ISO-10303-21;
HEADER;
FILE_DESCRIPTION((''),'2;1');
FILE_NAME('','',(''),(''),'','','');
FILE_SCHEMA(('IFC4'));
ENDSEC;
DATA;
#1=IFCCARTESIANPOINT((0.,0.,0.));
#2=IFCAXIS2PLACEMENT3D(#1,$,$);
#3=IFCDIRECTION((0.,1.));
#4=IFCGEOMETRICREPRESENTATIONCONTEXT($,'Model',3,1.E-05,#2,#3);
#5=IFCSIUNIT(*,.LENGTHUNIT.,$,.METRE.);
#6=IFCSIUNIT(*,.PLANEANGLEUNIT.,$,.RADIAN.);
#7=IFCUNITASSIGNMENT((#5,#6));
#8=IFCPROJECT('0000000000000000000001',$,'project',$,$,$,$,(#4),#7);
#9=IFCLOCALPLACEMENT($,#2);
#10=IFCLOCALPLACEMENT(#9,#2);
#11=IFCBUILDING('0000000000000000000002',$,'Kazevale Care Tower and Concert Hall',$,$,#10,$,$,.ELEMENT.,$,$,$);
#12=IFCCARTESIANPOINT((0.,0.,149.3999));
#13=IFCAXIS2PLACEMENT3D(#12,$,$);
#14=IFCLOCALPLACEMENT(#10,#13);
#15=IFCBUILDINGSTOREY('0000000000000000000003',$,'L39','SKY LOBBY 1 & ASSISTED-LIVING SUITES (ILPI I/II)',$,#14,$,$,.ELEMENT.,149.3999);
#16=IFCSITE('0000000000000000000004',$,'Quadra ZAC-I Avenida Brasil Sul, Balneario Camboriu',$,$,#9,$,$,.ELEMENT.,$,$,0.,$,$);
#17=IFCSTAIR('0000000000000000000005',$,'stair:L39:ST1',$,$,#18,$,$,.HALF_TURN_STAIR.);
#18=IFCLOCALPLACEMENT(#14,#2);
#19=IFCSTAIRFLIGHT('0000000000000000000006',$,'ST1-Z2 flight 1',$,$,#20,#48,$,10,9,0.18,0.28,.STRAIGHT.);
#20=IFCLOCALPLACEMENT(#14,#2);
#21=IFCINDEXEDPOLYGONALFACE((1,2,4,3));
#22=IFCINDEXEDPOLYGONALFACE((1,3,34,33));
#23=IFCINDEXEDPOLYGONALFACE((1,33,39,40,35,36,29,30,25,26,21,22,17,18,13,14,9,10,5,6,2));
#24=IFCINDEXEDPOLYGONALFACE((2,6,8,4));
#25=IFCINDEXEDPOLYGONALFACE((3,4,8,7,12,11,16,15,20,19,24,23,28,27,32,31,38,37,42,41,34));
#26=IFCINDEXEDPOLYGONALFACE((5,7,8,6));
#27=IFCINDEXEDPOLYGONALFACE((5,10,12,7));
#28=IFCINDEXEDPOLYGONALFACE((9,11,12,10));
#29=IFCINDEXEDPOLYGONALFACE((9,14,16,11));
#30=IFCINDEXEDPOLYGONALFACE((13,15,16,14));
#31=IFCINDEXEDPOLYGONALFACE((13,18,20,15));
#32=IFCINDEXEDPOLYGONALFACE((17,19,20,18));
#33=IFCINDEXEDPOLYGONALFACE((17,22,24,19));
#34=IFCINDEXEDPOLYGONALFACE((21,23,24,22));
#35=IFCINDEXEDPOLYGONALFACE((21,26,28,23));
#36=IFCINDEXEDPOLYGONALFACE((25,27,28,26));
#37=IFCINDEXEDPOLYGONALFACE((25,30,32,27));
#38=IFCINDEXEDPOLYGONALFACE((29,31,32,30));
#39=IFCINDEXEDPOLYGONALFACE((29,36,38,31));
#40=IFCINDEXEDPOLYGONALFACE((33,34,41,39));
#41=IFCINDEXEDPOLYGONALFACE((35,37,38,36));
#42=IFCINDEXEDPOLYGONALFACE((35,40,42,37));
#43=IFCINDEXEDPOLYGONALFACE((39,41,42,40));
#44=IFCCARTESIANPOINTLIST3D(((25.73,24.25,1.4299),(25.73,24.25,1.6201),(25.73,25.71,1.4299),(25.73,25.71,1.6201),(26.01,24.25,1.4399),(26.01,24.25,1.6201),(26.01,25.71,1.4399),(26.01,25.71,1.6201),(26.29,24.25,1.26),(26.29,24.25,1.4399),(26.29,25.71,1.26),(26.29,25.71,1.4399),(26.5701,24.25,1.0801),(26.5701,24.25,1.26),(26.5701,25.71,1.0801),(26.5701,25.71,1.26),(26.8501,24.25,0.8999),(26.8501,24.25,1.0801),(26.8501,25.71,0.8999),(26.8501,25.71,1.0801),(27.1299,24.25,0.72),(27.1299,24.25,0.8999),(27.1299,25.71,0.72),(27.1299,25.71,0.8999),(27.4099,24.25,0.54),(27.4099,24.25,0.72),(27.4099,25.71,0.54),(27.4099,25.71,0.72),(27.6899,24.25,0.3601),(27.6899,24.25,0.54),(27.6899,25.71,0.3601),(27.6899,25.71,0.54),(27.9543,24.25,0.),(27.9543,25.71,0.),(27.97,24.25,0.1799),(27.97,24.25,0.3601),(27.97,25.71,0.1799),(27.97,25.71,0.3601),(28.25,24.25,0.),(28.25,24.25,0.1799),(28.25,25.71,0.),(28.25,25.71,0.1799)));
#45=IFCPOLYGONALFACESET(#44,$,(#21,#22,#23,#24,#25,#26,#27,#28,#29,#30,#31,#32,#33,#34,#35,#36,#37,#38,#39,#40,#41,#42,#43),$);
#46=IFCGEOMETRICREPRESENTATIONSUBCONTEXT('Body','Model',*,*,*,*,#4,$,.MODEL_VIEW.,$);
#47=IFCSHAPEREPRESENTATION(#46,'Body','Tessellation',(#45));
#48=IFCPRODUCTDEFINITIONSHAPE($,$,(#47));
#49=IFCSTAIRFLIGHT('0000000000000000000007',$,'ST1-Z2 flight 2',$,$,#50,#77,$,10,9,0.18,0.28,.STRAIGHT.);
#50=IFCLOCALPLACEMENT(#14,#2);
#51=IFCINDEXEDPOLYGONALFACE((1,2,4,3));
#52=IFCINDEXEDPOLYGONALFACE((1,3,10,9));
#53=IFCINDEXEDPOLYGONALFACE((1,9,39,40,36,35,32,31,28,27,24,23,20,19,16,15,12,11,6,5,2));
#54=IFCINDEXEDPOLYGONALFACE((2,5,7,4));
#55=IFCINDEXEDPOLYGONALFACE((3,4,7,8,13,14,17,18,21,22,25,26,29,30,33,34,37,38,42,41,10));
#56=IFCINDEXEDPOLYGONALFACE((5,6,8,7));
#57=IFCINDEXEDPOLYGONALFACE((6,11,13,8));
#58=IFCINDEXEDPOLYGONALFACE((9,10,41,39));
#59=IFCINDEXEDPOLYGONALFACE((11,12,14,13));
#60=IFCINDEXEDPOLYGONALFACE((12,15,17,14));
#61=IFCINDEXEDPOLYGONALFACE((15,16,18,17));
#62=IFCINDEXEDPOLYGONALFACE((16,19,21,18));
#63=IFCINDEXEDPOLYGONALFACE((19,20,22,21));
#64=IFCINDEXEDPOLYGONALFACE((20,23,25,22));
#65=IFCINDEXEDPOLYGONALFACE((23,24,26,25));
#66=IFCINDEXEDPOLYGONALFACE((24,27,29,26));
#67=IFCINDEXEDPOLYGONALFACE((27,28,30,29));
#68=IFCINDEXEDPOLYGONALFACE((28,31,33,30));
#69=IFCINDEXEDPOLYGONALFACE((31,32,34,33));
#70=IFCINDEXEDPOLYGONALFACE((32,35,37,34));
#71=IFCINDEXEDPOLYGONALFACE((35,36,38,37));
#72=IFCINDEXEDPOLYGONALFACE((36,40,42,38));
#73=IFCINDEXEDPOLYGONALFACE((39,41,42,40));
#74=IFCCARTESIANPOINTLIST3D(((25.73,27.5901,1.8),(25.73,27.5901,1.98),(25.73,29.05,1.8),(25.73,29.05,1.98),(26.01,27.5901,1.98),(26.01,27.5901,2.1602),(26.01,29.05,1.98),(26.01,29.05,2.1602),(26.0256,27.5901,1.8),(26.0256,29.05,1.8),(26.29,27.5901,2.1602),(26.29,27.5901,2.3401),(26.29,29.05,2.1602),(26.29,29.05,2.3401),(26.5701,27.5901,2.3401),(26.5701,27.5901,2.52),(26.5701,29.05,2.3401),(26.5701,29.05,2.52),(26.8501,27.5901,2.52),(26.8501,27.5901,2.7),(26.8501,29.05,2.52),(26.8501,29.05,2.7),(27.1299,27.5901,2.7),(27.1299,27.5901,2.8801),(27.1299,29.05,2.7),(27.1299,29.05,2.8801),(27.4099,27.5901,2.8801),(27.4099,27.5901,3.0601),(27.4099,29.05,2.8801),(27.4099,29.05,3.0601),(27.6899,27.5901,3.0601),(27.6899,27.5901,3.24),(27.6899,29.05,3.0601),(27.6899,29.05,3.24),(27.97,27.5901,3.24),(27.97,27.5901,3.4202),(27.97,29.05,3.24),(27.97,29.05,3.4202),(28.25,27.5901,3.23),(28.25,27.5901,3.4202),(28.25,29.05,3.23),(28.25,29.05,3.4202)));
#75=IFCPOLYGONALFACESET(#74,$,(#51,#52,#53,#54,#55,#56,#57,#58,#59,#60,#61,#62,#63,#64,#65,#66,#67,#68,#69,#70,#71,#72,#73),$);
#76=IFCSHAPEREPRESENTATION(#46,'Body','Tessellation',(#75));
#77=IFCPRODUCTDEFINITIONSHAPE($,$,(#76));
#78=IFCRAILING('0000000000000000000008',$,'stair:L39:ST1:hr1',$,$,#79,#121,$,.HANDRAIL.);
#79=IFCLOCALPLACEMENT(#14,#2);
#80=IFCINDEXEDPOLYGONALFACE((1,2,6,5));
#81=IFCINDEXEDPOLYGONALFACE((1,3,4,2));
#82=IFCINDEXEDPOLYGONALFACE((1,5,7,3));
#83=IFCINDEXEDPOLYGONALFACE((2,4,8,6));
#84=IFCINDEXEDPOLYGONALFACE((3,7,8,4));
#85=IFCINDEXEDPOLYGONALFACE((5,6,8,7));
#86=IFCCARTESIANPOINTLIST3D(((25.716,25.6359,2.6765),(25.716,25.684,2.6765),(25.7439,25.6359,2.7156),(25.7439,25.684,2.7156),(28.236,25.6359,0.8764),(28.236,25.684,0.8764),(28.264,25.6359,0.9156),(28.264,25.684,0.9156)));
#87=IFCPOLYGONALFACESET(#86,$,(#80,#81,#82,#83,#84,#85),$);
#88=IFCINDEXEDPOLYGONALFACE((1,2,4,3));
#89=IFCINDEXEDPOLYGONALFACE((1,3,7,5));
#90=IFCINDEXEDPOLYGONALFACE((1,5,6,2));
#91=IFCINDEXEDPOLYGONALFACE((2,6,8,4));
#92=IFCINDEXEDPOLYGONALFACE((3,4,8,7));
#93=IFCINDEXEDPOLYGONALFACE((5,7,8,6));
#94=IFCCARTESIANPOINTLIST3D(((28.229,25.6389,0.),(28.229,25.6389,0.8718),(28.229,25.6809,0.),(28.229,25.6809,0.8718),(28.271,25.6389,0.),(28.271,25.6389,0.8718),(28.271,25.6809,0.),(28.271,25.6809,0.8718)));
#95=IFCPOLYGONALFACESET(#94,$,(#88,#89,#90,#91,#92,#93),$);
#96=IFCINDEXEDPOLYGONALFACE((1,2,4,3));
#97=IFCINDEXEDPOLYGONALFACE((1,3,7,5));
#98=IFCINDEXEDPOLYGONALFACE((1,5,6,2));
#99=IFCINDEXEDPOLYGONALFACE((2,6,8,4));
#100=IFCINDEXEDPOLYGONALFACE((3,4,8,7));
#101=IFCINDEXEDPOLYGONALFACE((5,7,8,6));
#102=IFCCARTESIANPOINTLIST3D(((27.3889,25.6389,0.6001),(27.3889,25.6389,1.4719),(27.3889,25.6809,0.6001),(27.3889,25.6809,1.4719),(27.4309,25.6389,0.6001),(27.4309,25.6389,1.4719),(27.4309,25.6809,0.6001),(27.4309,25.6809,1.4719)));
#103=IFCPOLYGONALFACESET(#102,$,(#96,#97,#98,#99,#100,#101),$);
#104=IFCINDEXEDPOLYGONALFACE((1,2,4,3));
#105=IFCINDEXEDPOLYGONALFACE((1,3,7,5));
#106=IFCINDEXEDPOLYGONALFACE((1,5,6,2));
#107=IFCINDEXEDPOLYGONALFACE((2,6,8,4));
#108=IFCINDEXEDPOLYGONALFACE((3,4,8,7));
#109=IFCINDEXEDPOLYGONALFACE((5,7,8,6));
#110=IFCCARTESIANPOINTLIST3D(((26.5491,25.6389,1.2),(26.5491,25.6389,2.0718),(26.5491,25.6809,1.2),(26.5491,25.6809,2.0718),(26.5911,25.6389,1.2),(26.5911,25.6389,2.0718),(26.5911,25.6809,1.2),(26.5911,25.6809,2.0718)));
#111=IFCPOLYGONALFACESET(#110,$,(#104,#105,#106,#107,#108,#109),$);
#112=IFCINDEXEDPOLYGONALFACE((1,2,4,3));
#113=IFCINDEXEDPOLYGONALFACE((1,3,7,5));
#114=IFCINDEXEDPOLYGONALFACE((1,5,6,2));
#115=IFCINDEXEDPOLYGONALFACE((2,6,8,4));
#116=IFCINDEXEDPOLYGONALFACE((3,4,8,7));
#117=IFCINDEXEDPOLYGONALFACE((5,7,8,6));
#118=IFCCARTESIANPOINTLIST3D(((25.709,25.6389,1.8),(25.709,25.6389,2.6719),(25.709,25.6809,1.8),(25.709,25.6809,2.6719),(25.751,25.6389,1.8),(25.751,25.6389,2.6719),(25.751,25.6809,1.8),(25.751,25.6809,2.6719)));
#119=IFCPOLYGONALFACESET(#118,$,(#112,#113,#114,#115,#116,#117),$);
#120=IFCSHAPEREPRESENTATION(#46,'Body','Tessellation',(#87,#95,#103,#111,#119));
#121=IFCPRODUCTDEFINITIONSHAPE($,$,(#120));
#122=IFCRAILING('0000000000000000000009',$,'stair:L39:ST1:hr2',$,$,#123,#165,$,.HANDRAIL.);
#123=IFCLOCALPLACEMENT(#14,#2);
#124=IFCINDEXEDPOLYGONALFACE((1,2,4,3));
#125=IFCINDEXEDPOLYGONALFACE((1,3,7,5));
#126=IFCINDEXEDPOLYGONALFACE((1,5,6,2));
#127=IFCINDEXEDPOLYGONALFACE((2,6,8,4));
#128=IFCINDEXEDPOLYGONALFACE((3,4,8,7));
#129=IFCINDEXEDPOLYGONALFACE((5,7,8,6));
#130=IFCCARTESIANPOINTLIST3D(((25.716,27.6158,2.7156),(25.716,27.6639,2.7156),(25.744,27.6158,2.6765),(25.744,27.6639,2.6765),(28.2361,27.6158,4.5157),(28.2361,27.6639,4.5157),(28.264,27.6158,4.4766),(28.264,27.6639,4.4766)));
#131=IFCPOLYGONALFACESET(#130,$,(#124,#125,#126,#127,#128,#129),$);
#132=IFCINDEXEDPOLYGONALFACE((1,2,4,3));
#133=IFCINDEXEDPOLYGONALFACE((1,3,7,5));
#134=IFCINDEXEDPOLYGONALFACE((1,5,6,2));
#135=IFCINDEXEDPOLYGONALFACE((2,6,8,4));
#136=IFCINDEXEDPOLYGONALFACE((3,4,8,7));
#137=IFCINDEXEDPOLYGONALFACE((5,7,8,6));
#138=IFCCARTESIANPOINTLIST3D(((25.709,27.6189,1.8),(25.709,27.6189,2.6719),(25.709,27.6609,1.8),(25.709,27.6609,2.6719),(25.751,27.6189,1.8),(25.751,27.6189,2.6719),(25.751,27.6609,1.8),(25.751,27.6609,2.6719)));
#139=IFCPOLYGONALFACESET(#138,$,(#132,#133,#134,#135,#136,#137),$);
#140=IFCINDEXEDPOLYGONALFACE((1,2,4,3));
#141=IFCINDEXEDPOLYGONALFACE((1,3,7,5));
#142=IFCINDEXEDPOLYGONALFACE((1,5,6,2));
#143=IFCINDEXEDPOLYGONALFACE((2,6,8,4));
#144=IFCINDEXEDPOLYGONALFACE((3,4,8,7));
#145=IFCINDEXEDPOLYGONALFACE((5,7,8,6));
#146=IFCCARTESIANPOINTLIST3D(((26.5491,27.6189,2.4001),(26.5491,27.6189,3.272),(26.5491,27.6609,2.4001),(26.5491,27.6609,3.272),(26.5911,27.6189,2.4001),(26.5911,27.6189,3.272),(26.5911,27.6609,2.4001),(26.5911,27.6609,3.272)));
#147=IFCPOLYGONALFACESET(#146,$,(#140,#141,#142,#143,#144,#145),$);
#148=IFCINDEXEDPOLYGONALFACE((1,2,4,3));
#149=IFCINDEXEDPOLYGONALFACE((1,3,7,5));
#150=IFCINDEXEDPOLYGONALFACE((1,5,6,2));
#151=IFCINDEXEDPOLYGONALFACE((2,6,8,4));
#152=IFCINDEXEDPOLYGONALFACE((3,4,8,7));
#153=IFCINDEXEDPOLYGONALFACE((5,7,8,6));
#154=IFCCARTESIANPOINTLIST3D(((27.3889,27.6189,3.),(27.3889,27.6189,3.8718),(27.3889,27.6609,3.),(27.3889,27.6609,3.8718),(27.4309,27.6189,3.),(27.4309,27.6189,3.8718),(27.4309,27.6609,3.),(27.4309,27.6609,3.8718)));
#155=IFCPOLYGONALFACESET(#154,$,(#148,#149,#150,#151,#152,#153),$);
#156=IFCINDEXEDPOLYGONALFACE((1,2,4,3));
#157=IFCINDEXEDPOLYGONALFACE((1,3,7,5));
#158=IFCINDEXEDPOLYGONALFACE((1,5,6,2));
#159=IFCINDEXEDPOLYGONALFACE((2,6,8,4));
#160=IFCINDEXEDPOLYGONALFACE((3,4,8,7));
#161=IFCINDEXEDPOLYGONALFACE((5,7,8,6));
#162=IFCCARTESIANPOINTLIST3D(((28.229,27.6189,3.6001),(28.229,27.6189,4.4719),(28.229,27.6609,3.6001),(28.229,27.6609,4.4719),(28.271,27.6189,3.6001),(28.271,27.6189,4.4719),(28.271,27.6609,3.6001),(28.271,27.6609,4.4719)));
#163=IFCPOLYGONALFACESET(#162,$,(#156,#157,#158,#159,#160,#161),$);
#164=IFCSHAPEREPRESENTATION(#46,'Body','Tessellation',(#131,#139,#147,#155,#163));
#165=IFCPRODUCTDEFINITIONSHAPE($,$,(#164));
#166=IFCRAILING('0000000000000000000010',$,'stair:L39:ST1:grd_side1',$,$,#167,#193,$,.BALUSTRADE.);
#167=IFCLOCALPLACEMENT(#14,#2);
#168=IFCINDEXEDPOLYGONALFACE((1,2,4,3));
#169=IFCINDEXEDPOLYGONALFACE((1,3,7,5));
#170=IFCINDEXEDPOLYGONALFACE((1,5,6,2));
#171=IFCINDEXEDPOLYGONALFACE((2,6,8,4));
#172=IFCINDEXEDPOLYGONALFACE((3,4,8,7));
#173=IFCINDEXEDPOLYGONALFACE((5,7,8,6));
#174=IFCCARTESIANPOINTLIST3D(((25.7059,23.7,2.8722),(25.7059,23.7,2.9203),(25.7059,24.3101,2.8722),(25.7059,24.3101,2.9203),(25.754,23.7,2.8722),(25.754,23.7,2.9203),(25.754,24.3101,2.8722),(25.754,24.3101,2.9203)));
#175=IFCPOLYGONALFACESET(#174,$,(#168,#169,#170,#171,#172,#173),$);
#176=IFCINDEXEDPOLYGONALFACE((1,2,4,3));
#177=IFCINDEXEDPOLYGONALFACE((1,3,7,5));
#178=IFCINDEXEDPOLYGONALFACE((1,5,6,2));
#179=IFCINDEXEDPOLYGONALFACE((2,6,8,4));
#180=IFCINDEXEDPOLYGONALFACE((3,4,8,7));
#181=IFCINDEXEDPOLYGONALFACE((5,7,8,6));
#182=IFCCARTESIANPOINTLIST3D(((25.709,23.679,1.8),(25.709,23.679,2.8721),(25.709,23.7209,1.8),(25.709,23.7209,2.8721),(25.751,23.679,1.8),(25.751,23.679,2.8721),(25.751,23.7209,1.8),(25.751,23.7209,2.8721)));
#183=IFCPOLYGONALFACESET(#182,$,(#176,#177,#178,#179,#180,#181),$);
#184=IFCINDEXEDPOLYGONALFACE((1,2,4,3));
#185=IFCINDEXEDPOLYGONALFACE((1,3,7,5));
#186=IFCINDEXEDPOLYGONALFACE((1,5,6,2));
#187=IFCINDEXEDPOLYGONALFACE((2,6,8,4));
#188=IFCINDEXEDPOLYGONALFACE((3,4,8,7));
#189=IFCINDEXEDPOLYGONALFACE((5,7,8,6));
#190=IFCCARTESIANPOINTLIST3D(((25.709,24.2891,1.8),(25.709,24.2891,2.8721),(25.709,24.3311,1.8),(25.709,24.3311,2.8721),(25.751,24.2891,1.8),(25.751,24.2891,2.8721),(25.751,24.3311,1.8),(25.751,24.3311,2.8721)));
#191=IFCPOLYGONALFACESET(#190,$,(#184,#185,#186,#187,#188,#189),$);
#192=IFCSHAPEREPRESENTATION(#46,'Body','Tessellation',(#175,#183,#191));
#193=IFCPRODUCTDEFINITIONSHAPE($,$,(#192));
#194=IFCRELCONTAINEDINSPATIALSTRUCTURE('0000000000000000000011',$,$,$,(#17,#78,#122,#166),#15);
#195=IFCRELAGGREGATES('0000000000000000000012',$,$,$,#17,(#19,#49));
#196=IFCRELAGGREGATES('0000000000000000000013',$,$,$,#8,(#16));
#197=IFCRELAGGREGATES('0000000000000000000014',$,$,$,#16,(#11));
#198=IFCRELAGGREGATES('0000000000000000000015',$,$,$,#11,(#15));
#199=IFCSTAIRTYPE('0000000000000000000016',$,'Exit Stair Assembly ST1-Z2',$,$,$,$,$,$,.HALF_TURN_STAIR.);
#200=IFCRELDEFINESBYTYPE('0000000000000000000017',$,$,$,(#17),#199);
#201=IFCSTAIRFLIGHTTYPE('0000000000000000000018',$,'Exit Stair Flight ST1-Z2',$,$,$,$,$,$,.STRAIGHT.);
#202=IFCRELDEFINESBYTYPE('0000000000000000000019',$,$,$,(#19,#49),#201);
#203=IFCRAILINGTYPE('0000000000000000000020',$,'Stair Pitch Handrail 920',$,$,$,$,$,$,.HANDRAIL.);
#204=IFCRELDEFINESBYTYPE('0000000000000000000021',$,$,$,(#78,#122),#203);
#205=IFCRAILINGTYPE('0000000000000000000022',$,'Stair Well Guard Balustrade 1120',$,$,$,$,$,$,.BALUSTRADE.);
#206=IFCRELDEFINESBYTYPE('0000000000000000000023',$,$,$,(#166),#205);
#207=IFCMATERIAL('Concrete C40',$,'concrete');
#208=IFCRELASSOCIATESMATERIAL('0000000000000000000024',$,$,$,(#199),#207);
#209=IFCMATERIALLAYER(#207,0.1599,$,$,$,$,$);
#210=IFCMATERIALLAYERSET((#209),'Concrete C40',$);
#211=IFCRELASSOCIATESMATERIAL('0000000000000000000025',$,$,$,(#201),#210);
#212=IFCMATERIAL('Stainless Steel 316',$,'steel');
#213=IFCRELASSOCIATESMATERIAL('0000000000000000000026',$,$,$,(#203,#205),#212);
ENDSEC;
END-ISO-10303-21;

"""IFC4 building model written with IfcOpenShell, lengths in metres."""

from ifc_helpers import new_model, si_unit, direction, frame, origin, origin_2d, place, context, subcontext, project, spatial, polyline, rectangle, outline, extrude, material, layer, layer_set, type_object, element, aggregate, save


model = new_model("IFC4")

# Units and contexts
model_context = context("Model", 3, precision=1e-05, world=origin(), true_north=direction((0.0, 1.0)))
body_context = subcontext(model_context, "Body", "Model", "MODEL_VIEW")
ifc_project = project(units=[si_unit("LENGTHUNIT", "METRE"), si_unit("PLANEANGLEUNIT", "RADIAN")], contexts=[model_context])

# Site, building, storey
site_placement = place(None, origin())
site = spatial("IfcSite", under=ifc_project, at=site_placement, Name="Quadra ZAC-I Avenida Brasil Sul, Balneario Camboriu", CompositionType="ELEMENT", RefElevation=0.0)
building_placement = place(site_placement, origin())
building = spatial("IfcBuilding", under=site, at=building_placement, Name="Kazevale Care Tower and Concert Hall", CompositionType="ELEMENT")
storey_placement = place(building_placement, frame((0.0, 0.0, 149.3999)))
storey = spatial("IfcBuildingStorey", under=building, at=storey_placement, Name="L39", Description="SKY LOBBY 1 & ASSISTED-LIVING SUITES (ILPI I/II)", CompositionType="ELEMENT", Elevation=149.3999)

# Shared definitions
ifc_material_1 = material(Name="Concrete C40", Category="concrete")
ifc_material_2 = material(Name="Stainless Steel 316", Category="steel")

# Stair, stair flights
stair_type = type_object("IfcStairType", Name="Exit Stair Assembly ST1-Z2", PredefinedType="HALF_TURN_STAIR", material=ifc_material_1)
stair_placement = place(storey_placement, origin())
stair = element("IfcStair", 1, at=stair_placement, inside=storey, type_object=stair_type, Name="stair:L39:ST1", PredefinedType="HALF_TURN_STAIR")
ifc_layer_1 = layer(ifc_material_1, 0.1599)
ifc_layer_set_1 = layer_set([ifc_layer_1], Name="Concrete C40")
stair_flight_type = type_object("IfcStairFlightType", Name="Exit Stair Flight ST1-Z2", PredefinedType="STRAIGHT", material=ifc_layer_set_1)
stair_flight_1_placement = place(storey_placement, frame((28.25, 24.98, 0.0), z_axis=(0.0, 0.0, 1.0), x_axis=(-1.0, 0.0, 0.0)))
stair_flight_1 = element("IfcStairFlight", 2, at=stair_flight_1_placement, type_object=stair_flight_type, Name="ST1-Z2 flight 1", NumberOfRisers=10, NumberOfTreads=9, PredefinedType="STRAIGHT", RiserHeight=0.18, TreadLength=0.28, context=body_context, shape_type="SweptSolid", body=[
    extrude(outline(polyline([(0.0, 0.0), (0.0, 0.1799), (0.28, 0.1799), (0.28, 0.3601), (0.5601, 0.3601), (0.5601, 0.54), (0.8401, 0.54), (0.8401, 0.72), (1.1201, 0.72), (1.1201, 0.8999), (1.3999, 0.8999), (1.3999, 1.0801), (1.6799, 1.0801), (1.6799, 1.26), (1.96, 1.26), (1.96, 1.4399), (2.24, 1.4399), (2.24, 1.6201), (2.52, 1.6201), (2.52, 1.8), (2.52, 1.4299), (0.2957, 0.0), (0.0, 0.0)])), frame((0.0, 0.73, 0.0), z_axis=(0.0, -1.0, 0.0), x_axis=(1.0, 0.0, 0.0)), (0.0, 0.0, 1.0), 1.46),
])
stair_flight_2_placement = place(storey_placement, frame((25.73, 28.3201, 1.8), z_axis=(0.0, 0.0, 1.0), x_axis=(1.0, 0.0, 0.0)))
stair_flight_2 = element("IfcStairFlight", 3, at=stair_flight_2_placement, type_object=stair_flight_type, Name="ST1-Z2 flight 2", NumberOfRisers=10, NumberOfTreads=9, PredefinedType="STRAIGHT", RiserHeight=0.18, TreadLength=0.28, context=body_context, shape_type="SweptSolid", body=[
    extrude(outline(polyline([(0.0, 0.0), (0.0, 0.1799), (0.28, 0.1799), (0.28, 0.3601), (0.5601, 0.3601), (0.5601, 0.54), (0.8401, 0.54), (0.8401, 0.72), (1.1201, 0.72), (1.1201, 0.8999), (1.3999, 0.8999), (1.3999, 1.0801), (1.6799, 1.0801), (1.6799, 1.26), (1.96, 1.26), (1.96, 1.4399), (2.24, 1.4399), (2.24, 1.6201), (2.52, 1.6201), (2.52, 1.8), (2.52, 1.4299), (0.2957, 0.0), (0.0, 0.0)])), frame((0.0, 0.73, 0.0), z_axis=(0.0, -1.0, 0.0), x_axis=(1.0, 0.0, 0.0)), (0.0, 0.0, 1.0), 1.46),
])
aggregate(stair, [stair_flight_1, stair_flight_2])

# Railings
railing_type_1 = type_object("IfcRailingType", Name="Stair Pitch Handrail 920", PredefinedType="HANDRAIL", material=ifc_material_2)
railing_1_placement = place(storey_placement, frame((28.25, 25.6599, 0.0)))
element("IfcRailing", 4, at=railing_1_placement, inside=storey, type_object=railing_type_1, Name="stair:L39:ST1:hr1", PredefinedType="HANDRAIL", context=body_context, shape_type="SweptSolid", body=[
    extrude(rectangle(XDim=0.0481, YDim=0.0481, at=origin_2d()), frame((0.0, 0.0, 0.896), z_axis=(-0.813728, 0.0, 0.581246), x_axis=(0.0, -1.0, 0.0)), (0.0, 0.0, 1.0), 3.0969),
    extrude(rectangle(XDim=0.042, YDim=0.042, at=origin_2d()), origin(), (0.0, 0.0, 1.0), 0.8718),
    extrude(rectangle(XDim=0.042, YDim=0.042, at=origin_2d()), frame((-0.8401, 0.0, 0.6001)), (0.0, 0.0, 1.0), 0.8718),
    extrude(rectangle(XDim=0.042, YDim=0.042, at=origin_2d()), frame((-1.6799, 0.0, 1.2)), (0.0, 0.0, 1.0), 0.8718),
    extrude(rectangle(XDim=0.042, YDim=0.042, at=origin_2d()), frame((-2.52, 0.0, 1.8)), (0.0, 0.0, 1.0), 0.8718),
])
railing_2_placement = place(storey_placement, frame((25.73, 27.6399, 1.8)))
element("IfcRailing", 5, at=railing_2_placement, inside=storey, type_object=railing_type_1, Name="stair:L39:ST1:hr2", PredefinedType="HANDRAIL", context=body_context, shape_type="SweptSolid", body=[
    extrude(rectangle(XDim=0.0481, YDim=0.0481, at=origin_2d()), frame((0.0, 0.0, 0.896), z_axis=(0.813728, 0.0, 0.581246), x_axis=(0.0, 1.0, 0.0)), (0.0, 0.0, 1.0), 3.0969),
    extrude(rectangle(XDim=0.042, YDim=0.042, at=origin_2d()), origin(), (0.0, 0.0, 1.0), 0.8718),
    extrude(rectangle(XDim=0.042, YDim=0.042, at=origin_2d()), frame((0.8401, 0.0, 0.6001)), (0.0, 0.0, 1.0), 0.8718),
    extrude(rectangle(XDim=0.042, YDim=0.042, at=origin_2d()), frame((1.6799, 0.0, 1.2)), (0.0, 0.0, 1.0), 0.8718),
    extrude(rectangle(XDim=0.042, YDim=0.042, at=origin_2d()), frame((2.52, 0.0, 1.8)), (0.0, 0.0, 1.0), 0.8718),
])
railing_type_2 = type_object("IfcRailingType", Name="Stair Well Guard Balustrade 1120", PredefinedType="BALUSTRADE", material=ifc_material_2)
railing_3_placement = place(storey_placement, frame((25.73, 23.7, 1.8)))
element("IfcRailing", 6, at=railing_3_placement, inside=storey, type_object=railing_type_2, Name="stair:L39:ST1:grd_side1", PredefinedType="BALUSTRADE", context=body_context, shape_type="SweptSolid", body=[
    extrude(rectangle(XDim=0.0481, YDim=0.0481, at=origin_2d()), frame((0.0, 0.0, 1.0962), z_axis=(0.0, 1.0, 0.0), x_axis=(-1.0, 0.0, 0.0)), (0.0, 0.0, 1.0), 0.6101),
    extrude(rectangle(XDim=0.042, YDim=0.042, at=origin_2d()), origin(), (0.0, 0.0, 1.0), 1.072),
    extrude(rectangle(XDim=0.042, YDim=0.042, at=origin_2d()), frame((0.0, 0.6101, 0.0)), (0.0, 0.0, 1.0), 1.072),
])

save(model, "model.ifc")
